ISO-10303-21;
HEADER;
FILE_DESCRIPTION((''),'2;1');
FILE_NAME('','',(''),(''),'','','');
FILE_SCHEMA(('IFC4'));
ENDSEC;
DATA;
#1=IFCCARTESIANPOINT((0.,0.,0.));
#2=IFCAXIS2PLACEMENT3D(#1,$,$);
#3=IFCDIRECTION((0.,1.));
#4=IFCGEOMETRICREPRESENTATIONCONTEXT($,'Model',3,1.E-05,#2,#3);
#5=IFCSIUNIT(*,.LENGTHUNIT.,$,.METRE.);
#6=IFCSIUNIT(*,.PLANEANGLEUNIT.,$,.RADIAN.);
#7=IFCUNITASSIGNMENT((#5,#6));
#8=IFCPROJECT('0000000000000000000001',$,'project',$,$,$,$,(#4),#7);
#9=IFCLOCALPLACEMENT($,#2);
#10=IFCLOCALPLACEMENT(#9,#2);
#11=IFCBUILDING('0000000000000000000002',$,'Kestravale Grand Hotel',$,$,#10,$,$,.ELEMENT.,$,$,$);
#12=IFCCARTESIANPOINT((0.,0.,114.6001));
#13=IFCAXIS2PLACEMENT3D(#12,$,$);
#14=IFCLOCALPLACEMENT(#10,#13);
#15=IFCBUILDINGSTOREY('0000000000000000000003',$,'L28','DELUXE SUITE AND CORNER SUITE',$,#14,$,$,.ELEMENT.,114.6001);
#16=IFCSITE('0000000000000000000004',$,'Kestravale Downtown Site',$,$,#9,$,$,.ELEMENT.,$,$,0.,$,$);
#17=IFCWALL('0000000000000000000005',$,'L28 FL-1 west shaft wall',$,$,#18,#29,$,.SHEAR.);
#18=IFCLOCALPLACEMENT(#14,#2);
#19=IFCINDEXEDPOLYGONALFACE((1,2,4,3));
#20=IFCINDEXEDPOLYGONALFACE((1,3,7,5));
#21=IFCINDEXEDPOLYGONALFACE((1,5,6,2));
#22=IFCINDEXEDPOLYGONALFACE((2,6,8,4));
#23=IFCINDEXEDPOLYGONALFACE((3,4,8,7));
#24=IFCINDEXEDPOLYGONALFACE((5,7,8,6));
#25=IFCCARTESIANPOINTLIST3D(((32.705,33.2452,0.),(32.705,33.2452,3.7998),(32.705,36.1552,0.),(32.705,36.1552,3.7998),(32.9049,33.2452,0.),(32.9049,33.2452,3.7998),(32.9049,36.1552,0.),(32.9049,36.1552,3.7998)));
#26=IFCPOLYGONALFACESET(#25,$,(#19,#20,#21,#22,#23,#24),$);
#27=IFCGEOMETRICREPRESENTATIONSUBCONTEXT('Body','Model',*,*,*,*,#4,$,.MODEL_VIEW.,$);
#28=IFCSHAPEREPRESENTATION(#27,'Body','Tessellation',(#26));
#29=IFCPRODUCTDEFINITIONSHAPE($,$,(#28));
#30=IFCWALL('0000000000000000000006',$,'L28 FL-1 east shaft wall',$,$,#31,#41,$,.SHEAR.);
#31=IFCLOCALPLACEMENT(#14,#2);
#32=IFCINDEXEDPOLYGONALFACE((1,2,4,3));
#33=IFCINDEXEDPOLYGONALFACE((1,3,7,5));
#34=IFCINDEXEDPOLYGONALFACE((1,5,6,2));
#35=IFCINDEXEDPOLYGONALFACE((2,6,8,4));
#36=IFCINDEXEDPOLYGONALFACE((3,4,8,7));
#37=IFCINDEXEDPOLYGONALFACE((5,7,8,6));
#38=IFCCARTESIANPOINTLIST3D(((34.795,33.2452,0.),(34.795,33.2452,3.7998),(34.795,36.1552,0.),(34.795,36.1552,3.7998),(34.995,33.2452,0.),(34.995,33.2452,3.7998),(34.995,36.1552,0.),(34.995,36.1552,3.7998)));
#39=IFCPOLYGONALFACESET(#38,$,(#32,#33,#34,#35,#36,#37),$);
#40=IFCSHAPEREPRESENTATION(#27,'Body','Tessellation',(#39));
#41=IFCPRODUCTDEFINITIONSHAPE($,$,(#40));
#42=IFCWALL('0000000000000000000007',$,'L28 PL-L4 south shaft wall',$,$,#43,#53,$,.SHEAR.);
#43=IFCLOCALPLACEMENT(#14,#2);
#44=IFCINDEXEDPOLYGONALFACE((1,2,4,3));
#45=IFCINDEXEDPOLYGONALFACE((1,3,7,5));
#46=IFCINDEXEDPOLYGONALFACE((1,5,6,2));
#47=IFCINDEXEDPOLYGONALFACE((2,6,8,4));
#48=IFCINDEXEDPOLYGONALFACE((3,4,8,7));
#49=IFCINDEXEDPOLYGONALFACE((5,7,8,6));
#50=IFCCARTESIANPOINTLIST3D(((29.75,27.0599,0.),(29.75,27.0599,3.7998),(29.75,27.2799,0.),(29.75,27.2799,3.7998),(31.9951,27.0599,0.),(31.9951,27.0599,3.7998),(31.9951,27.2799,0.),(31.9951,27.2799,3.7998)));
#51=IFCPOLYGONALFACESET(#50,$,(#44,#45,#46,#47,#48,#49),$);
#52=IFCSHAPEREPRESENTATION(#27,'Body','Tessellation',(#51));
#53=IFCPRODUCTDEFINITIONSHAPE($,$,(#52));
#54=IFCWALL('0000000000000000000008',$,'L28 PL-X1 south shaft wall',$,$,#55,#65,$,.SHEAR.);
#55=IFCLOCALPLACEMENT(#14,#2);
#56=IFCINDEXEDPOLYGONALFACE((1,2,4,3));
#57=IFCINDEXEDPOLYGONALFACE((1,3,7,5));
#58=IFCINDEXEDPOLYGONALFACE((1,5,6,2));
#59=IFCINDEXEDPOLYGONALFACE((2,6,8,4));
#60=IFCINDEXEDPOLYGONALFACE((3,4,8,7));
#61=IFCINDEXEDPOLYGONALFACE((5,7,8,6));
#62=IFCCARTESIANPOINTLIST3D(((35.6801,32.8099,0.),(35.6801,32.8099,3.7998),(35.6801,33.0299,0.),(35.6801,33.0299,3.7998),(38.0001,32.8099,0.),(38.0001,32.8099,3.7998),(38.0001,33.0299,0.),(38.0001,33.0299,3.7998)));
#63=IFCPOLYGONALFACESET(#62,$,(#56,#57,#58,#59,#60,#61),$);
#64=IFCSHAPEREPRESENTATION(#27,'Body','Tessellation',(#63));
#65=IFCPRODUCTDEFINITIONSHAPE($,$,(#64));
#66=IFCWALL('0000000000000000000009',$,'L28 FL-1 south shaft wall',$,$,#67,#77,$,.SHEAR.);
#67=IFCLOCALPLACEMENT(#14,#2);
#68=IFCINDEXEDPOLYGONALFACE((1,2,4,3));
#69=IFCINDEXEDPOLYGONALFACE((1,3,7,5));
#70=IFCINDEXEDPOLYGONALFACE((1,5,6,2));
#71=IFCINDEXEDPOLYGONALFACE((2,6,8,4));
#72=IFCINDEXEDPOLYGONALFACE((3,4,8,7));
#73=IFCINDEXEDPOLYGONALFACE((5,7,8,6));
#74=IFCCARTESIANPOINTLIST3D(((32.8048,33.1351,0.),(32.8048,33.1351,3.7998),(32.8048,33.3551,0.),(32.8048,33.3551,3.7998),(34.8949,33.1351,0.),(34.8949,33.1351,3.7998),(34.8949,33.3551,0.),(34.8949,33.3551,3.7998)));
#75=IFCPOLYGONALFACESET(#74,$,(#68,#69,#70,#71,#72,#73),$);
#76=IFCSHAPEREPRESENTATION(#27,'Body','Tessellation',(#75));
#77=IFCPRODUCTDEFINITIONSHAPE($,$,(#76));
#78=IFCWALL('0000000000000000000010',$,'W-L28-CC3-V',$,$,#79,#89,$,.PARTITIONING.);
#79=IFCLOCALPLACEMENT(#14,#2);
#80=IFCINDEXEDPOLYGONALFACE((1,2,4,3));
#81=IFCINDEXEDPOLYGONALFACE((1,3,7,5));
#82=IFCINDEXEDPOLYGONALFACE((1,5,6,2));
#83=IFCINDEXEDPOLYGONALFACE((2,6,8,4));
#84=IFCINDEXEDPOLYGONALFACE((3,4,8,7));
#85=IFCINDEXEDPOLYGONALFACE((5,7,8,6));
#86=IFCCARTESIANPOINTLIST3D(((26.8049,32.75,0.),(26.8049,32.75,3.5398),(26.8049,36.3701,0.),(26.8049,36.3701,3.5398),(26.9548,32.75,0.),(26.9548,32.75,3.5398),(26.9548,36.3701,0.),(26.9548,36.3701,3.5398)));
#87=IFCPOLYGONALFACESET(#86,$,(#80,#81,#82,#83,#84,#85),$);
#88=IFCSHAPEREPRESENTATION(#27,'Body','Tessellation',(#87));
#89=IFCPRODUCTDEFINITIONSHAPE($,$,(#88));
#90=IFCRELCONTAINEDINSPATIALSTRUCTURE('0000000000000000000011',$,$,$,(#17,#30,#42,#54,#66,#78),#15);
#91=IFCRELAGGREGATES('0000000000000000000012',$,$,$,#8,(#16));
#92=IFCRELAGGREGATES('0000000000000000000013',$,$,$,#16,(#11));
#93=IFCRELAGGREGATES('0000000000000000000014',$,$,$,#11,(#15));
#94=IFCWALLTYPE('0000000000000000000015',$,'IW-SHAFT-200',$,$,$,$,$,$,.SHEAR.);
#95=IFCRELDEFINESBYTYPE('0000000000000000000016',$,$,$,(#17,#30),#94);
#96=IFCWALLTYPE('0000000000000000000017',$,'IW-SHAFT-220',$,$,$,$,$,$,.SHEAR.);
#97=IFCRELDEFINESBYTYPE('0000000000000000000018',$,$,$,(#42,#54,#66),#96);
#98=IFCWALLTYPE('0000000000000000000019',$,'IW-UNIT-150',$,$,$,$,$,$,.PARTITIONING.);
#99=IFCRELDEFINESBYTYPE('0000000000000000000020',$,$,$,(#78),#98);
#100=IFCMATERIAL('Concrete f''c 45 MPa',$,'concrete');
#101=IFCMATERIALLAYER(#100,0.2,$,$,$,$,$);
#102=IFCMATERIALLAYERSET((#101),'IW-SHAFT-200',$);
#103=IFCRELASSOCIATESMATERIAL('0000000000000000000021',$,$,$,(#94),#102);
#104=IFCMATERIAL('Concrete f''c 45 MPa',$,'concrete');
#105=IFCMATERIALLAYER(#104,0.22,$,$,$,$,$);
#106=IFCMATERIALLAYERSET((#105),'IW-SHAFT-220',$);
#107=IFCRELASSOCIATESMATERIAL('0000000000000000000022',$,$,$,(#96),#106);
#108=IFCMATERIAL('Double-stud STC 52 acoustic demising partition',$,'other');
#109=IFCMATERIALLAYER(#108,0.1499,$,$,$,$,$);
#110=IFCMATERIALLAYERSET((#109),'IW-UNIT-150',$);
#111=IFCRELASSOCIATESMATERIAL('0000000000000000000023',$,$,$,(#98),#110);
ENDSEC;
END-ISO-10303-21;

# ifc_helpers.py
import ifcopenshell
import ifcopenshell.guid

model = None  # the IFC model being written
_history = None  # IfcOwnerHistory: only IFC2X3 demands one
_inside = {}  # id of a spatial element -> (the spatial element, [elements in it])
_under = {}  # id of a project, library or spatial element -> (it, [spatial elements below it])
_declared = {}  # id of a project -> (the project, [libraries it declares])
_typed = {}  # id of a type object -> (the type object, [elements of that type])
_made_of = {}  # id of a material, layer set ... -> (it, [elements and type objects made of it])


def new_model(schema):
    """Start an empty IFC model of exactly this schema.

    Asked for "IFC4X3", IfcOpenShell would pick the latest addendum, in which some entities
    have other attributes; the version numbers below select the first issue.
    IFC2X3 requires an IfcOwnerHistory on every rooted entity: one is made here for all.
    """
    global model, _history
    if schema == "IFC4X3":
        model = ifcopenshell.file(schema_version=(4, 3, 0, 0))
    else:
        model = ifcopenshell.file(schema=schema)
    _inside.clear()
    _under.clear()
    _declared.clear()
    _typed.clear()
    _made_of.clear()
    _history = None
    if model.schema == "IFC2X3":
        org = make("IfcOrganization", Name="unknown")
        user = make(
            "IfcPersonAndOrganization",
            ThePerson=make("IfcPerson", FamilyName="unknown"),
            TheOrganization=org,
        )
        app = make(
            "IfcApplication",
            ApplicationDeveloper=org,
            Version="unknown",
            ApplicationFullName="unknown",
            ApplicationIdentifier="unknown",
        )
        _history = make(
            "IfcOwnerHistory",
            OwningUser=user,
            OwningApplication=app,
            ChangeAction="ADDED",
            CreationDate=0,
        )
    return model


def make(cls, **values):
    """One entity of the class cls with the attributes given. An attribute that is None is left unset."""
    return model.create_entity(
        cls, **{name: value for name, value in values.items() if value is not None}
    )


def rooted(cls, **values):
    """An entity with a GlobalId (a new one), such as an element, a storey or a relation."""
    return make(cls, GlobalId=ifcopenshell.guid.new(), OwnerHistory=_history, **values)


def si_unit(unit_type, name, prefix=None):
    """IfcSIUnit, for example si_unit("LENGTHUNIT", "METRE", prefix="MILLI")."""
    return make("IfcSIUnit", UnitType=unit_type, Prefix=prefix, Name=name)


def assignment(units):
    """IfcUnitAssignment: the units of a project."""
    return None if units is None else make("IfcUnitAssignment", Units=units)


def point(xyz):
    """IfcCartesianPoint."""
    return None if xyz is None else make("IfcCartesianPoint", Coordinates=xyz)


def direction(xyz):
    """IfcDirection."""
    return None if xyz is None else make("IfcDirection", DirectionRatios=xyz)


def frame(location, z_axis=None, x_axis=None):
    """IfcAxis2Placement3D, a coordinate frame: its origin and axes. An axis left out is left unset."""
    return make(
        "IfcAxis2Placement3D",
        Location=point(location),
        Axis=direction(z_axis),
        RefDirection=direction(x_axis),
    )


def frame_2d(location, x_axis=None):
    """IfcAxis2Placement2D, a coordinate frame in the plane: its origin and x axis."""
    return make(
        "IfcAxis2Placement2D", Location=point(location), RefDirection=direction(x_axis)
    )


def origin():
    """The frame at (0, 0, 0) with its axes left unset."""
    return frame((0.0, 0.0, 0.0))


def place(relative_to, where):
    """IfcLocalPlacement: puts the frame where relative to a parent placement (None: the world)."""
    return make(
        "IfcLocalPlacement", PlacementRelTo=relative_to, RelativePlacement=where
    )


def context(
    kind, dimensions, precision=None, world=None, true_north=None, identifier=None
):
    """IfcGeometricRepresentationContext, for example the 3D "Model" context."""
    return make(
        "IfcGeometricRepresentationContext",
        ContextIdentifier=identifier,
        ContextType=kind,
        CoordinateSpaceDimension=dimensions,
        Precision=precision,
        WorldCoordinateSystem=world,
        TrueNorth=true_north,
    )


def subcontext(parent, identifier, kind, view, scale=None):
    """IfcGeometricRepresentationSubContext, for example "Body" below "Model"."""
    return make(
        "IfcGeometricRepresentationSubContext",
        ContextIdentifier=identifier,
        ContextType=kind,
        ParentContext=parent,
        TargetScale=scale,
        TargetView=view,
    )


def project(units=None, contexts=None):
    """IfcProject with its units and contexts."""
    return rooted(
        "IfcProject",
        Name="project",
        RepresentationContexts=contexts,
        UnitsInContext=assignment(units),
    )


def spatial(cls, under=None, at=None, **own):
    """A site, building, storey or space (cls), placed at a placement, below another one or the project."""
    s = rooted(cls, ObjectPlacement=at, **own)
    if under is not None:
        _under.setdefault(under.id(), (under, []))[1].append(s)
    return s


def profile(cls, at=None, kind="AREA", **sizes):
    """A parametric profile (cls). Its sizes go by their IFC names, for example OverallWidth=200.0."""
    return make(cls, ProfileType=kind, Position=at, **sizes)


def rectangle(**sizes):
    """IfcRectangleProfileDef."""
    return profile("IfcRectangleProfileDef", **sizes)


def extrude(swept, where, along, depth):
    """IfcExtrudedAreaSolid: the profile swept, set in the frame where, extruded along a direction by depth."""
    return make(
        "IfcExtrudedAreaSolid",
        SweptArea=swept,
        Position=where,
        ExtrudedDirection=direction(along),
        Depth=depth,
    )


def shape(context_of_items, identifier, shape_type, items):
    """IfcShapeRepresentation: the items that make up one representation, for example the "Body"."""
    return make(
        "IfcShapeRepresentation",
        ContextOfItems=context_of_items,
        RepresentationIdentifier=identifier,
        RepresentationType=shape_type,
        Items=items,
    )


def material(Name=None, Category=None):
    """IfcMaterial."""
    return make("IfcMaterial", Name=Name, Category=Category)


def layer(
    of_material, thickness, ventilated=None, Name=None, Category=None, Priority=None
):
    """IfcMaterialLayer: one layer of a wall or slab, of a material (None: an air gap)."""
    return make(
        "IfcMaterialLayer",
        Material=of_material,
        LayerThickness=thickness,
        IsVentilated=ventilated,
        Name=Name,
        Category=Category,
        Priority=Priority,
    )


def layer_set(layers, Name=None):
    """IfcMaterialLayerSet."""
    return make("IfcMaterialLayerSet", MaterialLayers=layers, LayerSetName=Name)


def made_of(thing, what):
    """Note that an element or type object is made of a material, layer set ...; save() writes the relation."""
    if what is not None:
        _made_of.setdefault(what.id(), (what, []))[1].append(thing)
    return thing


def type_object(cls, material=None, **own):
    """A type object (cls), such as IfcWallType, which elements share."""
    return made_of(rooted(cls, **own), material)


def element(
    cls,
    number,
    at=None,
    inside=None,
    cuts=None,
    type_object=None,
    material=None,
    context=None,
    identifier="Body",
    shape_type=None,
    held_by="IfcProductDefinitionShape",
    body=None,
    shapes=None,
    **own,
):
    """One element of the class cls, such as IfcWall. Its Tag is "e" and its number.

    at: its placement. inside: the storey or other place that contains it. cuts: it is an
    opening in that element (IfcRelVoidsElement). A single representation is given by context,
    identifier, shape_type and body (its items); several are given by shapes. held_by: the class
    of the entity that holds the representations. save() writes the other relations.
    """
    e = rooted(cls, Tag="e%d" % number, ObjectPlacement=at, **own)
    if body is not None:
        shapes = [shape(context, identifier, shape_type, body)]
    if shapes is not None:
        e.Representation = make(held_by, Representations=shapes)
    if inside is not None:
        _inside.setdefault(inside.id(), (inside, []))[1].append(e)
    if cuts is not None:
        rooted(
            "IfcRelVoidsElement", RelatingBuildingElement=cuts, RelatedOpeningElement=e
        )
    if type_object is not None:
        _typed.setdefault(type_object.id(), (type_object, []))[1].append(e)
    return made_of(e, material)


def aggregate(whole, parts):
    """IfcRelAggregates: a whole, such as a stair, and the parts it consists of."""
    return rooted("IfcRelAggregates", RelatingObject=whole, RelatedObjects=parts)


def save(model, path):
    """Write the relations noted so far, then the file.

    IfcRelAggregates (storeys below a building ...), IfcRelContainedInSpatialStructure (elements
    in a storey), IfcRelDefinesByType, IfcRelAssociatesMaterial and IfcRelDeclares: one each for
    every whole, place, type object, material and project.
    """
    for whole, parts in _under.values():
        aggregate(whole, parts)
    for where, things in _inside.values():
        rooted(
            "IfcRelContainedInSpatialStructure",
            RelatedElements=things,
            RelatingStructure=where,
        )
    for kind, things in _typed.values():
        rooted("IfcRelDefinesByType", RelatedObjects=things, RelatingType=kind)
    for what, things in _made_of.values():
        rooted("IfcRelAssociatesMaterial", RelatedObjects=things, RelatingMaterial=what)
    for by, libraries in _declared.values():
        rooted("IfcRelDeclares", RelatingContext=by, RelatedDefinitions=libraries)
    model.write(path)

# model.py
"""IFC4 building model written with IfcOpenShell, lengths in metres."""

from ifc_helpers import new_model, si_unit, direction, frame, frame_2d, origin, place, context, subcontext, project, spatial, rectangle, extrude, material, layer, layer_set, type_object, element, save


model = new_model("IFC4")

# Units and contexts
model_context = context("Model", 3, precision=1e-05, world=origin(), true_north=direction((0.0, 1.0)))
body_context = subcontext(model_context, "Body", "Model", "MODEL_VIEW")
ifc_project = project(units=[si_unit("LENGTHUNIT", "METRE"), si_unit("PLANEANGLEUNIT", "RADIAN")], contexts=[model_context])

# Site, building, storey
site_placement = place(None, origin())
site = spatial("IfcSite", under=ifc_project, at=site_placement, Name="Kestravale Downtown Site", CompositionType="ELEMENT", RefElevation=0.0)
building_placement = place(site_placement, origin())
building = spatial("IfcBuilding", under=site, at=building_placement, Name="Kestravale Grand Hotel", CompositionType="ELEMENT")
storey_placement = place(building_placement, frame((0.0, 0.0, 114.6001)))
storey = spatial("IfcBuildingStorey", under=building, at=storey_placement, Name="L28", Description="DELUXE SUITE AND CORNER SUITE", CompositionType="ELEMENT", Elevation=114.6001)

# Walls
ifc_material_1 = material(Name="Concrete f'c 45 MPa", Category="concrete")
ifc_layer_1 = layer(ifc_material_1, 0.2)
ifc_layer_set_1 = layer_set([ifc_layer_1], Name="IW-SHAFT-200")
wall_type_1 = type_object("IfcWallType", Name="IW-SHAFT-200", PredefinedType="SHEAR", material=ifc_layer_set_1)
for number, where, z_axis, x_axis, name in (
    (1, (32.8049, 33.2451, 0.0), (0.0, 0.0, 1.0), (0.0, 1.0, 0.0), "L28 FL-1 west shaft wall"),
    (2, (34.895, 33.2451, 0.0), (0.0, 0.0, 1.0), (0.0, 1.0, 0.0), "L28 FL-1 east shaft wall"),
):
    element("IfcWall", number, at=place(storey_placement, frame(where, z_axis=z_axis, x_axis=x_axis)), inside=storey, type_object=wall_type_1, Name=name, PredefinedType="SHEAR", context=body_context, shape_type="SweptSolid", body=[
        extrude(rectangle(XDim=2.9099, YDim=0.2, at=frame_2d((1.4551, 0.0))), origin(), (0.0, 0.0, 1.0), 3.7998),
    ])

# Shared definitions
ifc_material_2 = material(Name="Concrete f'c 45 MPa", Category="concrete")
ifc_layer_2 = layer(ifc_material_2, 0.22)
ifc_layer_set_2 = layer_set([ifc_layer_2], Name="IW-SHAFT-220")
wall_type_2 = type_object("IfcWallType", Name="IW-SHAFT-220", PredefinedType="SHEAR", material=ifc_layer_set_2)

# Walls
wall_1_placement = place(storey_placement, frame((29.75, 27.1699, 0.0), z_axis=(0.0, 0.0, 1.0), x_axis=(1.0, 0.0, 0.0)))
element("IfcWall", 3, at=wall_1_placement, inside=storey, type_object=wall_type_2, Name="L28 PL-L4 south shaft wall", PredefinedType="SHEAR", context=body_context, shape_type="SweptSolid", body=[
    extrude(rectangle(XDim=2.2451, YDim=0.22, at=frame_2d((1.1226, 0.0))), origin(), (0.0, 0.0, 1.0), 3.7998),
])
wall_2_placement = place(storey_placement, frame((35.6799, 32.9199, 0.0), z_axis=(0.0, 0.0, 1.0), x_axis=(1.0, 0.0, 0.0)))
element("IfcWall", 4, at=wall_2_placement, inside=storey, type_object=wall_type_2, Name="L28 PL-X1 south shaft wall", PredefinedType="SHEAR", context=body_context, shape_type="SweptSolid", body=[
    extrude(rectangle(XDim=2.3201, YDim=0.22, at=frame_2d((1.1602, 0.0))), origin(), (0.0, 0.0, 1.0), 3.7998),
])
wall_3_placement = place(storey_placement, frame((32.8049, 33.2451, 0.0), z_axis=(0.0, 0.0, 1.0), x_axis=(1.0, 0.0, 0.0)))
element("IfcWall", 5, at=wall_3_placement, inside=storey, type_object=wall_type_2, Name="L28 FL-1 south shaft wall", PredefinedType="SHEAR", context=body_context, shape_type="SweptSolid", body=[
    extrude(rectangle(XDim=2.0901, YDim=0.22, at=frame_2d((1.0449, 0.0))), origin(), (0.0, 0.0, 1.0), 3.7998),
])
ifc_material_3 = material(Name="Double-stud STC 52 acoustic demising partition", Category="other")
ifc_layer_3 = layer(ifc_material_3, 0.1499)
ifc_layer_set_3 = layer_set([ifc_layer_3], Name="IW-UNIT-150")
wall_type_3 = type_object("IfcWallType", Name="IW-UNIT-150", PredefinedType="PARTITIONING", material=ifc_layer_set_3)
wall_4_placement = place(storey_placement, frame((26.8799, 32.75, 0.0), z_axis=(0.0, 0.0, 1.0), x_axis=(0.0, 1.0, 0.0)))
element("IfcWall", 6, at=wall_4_placement, inside=storey, type_object=wall_type_3, Name="W-L28-CC3-V", PredefinedType="PARTITIONING", context=body_context, shape_type="SweptSolid", body=[
    extrude(rectangle(XDim=3.6201, YDim=0.1499, at=frame_2d((1.8101, 0.0))), origin(), (0.0, 0.0, 1.0), 3.5398),
])

save(model, "model.ifc")
